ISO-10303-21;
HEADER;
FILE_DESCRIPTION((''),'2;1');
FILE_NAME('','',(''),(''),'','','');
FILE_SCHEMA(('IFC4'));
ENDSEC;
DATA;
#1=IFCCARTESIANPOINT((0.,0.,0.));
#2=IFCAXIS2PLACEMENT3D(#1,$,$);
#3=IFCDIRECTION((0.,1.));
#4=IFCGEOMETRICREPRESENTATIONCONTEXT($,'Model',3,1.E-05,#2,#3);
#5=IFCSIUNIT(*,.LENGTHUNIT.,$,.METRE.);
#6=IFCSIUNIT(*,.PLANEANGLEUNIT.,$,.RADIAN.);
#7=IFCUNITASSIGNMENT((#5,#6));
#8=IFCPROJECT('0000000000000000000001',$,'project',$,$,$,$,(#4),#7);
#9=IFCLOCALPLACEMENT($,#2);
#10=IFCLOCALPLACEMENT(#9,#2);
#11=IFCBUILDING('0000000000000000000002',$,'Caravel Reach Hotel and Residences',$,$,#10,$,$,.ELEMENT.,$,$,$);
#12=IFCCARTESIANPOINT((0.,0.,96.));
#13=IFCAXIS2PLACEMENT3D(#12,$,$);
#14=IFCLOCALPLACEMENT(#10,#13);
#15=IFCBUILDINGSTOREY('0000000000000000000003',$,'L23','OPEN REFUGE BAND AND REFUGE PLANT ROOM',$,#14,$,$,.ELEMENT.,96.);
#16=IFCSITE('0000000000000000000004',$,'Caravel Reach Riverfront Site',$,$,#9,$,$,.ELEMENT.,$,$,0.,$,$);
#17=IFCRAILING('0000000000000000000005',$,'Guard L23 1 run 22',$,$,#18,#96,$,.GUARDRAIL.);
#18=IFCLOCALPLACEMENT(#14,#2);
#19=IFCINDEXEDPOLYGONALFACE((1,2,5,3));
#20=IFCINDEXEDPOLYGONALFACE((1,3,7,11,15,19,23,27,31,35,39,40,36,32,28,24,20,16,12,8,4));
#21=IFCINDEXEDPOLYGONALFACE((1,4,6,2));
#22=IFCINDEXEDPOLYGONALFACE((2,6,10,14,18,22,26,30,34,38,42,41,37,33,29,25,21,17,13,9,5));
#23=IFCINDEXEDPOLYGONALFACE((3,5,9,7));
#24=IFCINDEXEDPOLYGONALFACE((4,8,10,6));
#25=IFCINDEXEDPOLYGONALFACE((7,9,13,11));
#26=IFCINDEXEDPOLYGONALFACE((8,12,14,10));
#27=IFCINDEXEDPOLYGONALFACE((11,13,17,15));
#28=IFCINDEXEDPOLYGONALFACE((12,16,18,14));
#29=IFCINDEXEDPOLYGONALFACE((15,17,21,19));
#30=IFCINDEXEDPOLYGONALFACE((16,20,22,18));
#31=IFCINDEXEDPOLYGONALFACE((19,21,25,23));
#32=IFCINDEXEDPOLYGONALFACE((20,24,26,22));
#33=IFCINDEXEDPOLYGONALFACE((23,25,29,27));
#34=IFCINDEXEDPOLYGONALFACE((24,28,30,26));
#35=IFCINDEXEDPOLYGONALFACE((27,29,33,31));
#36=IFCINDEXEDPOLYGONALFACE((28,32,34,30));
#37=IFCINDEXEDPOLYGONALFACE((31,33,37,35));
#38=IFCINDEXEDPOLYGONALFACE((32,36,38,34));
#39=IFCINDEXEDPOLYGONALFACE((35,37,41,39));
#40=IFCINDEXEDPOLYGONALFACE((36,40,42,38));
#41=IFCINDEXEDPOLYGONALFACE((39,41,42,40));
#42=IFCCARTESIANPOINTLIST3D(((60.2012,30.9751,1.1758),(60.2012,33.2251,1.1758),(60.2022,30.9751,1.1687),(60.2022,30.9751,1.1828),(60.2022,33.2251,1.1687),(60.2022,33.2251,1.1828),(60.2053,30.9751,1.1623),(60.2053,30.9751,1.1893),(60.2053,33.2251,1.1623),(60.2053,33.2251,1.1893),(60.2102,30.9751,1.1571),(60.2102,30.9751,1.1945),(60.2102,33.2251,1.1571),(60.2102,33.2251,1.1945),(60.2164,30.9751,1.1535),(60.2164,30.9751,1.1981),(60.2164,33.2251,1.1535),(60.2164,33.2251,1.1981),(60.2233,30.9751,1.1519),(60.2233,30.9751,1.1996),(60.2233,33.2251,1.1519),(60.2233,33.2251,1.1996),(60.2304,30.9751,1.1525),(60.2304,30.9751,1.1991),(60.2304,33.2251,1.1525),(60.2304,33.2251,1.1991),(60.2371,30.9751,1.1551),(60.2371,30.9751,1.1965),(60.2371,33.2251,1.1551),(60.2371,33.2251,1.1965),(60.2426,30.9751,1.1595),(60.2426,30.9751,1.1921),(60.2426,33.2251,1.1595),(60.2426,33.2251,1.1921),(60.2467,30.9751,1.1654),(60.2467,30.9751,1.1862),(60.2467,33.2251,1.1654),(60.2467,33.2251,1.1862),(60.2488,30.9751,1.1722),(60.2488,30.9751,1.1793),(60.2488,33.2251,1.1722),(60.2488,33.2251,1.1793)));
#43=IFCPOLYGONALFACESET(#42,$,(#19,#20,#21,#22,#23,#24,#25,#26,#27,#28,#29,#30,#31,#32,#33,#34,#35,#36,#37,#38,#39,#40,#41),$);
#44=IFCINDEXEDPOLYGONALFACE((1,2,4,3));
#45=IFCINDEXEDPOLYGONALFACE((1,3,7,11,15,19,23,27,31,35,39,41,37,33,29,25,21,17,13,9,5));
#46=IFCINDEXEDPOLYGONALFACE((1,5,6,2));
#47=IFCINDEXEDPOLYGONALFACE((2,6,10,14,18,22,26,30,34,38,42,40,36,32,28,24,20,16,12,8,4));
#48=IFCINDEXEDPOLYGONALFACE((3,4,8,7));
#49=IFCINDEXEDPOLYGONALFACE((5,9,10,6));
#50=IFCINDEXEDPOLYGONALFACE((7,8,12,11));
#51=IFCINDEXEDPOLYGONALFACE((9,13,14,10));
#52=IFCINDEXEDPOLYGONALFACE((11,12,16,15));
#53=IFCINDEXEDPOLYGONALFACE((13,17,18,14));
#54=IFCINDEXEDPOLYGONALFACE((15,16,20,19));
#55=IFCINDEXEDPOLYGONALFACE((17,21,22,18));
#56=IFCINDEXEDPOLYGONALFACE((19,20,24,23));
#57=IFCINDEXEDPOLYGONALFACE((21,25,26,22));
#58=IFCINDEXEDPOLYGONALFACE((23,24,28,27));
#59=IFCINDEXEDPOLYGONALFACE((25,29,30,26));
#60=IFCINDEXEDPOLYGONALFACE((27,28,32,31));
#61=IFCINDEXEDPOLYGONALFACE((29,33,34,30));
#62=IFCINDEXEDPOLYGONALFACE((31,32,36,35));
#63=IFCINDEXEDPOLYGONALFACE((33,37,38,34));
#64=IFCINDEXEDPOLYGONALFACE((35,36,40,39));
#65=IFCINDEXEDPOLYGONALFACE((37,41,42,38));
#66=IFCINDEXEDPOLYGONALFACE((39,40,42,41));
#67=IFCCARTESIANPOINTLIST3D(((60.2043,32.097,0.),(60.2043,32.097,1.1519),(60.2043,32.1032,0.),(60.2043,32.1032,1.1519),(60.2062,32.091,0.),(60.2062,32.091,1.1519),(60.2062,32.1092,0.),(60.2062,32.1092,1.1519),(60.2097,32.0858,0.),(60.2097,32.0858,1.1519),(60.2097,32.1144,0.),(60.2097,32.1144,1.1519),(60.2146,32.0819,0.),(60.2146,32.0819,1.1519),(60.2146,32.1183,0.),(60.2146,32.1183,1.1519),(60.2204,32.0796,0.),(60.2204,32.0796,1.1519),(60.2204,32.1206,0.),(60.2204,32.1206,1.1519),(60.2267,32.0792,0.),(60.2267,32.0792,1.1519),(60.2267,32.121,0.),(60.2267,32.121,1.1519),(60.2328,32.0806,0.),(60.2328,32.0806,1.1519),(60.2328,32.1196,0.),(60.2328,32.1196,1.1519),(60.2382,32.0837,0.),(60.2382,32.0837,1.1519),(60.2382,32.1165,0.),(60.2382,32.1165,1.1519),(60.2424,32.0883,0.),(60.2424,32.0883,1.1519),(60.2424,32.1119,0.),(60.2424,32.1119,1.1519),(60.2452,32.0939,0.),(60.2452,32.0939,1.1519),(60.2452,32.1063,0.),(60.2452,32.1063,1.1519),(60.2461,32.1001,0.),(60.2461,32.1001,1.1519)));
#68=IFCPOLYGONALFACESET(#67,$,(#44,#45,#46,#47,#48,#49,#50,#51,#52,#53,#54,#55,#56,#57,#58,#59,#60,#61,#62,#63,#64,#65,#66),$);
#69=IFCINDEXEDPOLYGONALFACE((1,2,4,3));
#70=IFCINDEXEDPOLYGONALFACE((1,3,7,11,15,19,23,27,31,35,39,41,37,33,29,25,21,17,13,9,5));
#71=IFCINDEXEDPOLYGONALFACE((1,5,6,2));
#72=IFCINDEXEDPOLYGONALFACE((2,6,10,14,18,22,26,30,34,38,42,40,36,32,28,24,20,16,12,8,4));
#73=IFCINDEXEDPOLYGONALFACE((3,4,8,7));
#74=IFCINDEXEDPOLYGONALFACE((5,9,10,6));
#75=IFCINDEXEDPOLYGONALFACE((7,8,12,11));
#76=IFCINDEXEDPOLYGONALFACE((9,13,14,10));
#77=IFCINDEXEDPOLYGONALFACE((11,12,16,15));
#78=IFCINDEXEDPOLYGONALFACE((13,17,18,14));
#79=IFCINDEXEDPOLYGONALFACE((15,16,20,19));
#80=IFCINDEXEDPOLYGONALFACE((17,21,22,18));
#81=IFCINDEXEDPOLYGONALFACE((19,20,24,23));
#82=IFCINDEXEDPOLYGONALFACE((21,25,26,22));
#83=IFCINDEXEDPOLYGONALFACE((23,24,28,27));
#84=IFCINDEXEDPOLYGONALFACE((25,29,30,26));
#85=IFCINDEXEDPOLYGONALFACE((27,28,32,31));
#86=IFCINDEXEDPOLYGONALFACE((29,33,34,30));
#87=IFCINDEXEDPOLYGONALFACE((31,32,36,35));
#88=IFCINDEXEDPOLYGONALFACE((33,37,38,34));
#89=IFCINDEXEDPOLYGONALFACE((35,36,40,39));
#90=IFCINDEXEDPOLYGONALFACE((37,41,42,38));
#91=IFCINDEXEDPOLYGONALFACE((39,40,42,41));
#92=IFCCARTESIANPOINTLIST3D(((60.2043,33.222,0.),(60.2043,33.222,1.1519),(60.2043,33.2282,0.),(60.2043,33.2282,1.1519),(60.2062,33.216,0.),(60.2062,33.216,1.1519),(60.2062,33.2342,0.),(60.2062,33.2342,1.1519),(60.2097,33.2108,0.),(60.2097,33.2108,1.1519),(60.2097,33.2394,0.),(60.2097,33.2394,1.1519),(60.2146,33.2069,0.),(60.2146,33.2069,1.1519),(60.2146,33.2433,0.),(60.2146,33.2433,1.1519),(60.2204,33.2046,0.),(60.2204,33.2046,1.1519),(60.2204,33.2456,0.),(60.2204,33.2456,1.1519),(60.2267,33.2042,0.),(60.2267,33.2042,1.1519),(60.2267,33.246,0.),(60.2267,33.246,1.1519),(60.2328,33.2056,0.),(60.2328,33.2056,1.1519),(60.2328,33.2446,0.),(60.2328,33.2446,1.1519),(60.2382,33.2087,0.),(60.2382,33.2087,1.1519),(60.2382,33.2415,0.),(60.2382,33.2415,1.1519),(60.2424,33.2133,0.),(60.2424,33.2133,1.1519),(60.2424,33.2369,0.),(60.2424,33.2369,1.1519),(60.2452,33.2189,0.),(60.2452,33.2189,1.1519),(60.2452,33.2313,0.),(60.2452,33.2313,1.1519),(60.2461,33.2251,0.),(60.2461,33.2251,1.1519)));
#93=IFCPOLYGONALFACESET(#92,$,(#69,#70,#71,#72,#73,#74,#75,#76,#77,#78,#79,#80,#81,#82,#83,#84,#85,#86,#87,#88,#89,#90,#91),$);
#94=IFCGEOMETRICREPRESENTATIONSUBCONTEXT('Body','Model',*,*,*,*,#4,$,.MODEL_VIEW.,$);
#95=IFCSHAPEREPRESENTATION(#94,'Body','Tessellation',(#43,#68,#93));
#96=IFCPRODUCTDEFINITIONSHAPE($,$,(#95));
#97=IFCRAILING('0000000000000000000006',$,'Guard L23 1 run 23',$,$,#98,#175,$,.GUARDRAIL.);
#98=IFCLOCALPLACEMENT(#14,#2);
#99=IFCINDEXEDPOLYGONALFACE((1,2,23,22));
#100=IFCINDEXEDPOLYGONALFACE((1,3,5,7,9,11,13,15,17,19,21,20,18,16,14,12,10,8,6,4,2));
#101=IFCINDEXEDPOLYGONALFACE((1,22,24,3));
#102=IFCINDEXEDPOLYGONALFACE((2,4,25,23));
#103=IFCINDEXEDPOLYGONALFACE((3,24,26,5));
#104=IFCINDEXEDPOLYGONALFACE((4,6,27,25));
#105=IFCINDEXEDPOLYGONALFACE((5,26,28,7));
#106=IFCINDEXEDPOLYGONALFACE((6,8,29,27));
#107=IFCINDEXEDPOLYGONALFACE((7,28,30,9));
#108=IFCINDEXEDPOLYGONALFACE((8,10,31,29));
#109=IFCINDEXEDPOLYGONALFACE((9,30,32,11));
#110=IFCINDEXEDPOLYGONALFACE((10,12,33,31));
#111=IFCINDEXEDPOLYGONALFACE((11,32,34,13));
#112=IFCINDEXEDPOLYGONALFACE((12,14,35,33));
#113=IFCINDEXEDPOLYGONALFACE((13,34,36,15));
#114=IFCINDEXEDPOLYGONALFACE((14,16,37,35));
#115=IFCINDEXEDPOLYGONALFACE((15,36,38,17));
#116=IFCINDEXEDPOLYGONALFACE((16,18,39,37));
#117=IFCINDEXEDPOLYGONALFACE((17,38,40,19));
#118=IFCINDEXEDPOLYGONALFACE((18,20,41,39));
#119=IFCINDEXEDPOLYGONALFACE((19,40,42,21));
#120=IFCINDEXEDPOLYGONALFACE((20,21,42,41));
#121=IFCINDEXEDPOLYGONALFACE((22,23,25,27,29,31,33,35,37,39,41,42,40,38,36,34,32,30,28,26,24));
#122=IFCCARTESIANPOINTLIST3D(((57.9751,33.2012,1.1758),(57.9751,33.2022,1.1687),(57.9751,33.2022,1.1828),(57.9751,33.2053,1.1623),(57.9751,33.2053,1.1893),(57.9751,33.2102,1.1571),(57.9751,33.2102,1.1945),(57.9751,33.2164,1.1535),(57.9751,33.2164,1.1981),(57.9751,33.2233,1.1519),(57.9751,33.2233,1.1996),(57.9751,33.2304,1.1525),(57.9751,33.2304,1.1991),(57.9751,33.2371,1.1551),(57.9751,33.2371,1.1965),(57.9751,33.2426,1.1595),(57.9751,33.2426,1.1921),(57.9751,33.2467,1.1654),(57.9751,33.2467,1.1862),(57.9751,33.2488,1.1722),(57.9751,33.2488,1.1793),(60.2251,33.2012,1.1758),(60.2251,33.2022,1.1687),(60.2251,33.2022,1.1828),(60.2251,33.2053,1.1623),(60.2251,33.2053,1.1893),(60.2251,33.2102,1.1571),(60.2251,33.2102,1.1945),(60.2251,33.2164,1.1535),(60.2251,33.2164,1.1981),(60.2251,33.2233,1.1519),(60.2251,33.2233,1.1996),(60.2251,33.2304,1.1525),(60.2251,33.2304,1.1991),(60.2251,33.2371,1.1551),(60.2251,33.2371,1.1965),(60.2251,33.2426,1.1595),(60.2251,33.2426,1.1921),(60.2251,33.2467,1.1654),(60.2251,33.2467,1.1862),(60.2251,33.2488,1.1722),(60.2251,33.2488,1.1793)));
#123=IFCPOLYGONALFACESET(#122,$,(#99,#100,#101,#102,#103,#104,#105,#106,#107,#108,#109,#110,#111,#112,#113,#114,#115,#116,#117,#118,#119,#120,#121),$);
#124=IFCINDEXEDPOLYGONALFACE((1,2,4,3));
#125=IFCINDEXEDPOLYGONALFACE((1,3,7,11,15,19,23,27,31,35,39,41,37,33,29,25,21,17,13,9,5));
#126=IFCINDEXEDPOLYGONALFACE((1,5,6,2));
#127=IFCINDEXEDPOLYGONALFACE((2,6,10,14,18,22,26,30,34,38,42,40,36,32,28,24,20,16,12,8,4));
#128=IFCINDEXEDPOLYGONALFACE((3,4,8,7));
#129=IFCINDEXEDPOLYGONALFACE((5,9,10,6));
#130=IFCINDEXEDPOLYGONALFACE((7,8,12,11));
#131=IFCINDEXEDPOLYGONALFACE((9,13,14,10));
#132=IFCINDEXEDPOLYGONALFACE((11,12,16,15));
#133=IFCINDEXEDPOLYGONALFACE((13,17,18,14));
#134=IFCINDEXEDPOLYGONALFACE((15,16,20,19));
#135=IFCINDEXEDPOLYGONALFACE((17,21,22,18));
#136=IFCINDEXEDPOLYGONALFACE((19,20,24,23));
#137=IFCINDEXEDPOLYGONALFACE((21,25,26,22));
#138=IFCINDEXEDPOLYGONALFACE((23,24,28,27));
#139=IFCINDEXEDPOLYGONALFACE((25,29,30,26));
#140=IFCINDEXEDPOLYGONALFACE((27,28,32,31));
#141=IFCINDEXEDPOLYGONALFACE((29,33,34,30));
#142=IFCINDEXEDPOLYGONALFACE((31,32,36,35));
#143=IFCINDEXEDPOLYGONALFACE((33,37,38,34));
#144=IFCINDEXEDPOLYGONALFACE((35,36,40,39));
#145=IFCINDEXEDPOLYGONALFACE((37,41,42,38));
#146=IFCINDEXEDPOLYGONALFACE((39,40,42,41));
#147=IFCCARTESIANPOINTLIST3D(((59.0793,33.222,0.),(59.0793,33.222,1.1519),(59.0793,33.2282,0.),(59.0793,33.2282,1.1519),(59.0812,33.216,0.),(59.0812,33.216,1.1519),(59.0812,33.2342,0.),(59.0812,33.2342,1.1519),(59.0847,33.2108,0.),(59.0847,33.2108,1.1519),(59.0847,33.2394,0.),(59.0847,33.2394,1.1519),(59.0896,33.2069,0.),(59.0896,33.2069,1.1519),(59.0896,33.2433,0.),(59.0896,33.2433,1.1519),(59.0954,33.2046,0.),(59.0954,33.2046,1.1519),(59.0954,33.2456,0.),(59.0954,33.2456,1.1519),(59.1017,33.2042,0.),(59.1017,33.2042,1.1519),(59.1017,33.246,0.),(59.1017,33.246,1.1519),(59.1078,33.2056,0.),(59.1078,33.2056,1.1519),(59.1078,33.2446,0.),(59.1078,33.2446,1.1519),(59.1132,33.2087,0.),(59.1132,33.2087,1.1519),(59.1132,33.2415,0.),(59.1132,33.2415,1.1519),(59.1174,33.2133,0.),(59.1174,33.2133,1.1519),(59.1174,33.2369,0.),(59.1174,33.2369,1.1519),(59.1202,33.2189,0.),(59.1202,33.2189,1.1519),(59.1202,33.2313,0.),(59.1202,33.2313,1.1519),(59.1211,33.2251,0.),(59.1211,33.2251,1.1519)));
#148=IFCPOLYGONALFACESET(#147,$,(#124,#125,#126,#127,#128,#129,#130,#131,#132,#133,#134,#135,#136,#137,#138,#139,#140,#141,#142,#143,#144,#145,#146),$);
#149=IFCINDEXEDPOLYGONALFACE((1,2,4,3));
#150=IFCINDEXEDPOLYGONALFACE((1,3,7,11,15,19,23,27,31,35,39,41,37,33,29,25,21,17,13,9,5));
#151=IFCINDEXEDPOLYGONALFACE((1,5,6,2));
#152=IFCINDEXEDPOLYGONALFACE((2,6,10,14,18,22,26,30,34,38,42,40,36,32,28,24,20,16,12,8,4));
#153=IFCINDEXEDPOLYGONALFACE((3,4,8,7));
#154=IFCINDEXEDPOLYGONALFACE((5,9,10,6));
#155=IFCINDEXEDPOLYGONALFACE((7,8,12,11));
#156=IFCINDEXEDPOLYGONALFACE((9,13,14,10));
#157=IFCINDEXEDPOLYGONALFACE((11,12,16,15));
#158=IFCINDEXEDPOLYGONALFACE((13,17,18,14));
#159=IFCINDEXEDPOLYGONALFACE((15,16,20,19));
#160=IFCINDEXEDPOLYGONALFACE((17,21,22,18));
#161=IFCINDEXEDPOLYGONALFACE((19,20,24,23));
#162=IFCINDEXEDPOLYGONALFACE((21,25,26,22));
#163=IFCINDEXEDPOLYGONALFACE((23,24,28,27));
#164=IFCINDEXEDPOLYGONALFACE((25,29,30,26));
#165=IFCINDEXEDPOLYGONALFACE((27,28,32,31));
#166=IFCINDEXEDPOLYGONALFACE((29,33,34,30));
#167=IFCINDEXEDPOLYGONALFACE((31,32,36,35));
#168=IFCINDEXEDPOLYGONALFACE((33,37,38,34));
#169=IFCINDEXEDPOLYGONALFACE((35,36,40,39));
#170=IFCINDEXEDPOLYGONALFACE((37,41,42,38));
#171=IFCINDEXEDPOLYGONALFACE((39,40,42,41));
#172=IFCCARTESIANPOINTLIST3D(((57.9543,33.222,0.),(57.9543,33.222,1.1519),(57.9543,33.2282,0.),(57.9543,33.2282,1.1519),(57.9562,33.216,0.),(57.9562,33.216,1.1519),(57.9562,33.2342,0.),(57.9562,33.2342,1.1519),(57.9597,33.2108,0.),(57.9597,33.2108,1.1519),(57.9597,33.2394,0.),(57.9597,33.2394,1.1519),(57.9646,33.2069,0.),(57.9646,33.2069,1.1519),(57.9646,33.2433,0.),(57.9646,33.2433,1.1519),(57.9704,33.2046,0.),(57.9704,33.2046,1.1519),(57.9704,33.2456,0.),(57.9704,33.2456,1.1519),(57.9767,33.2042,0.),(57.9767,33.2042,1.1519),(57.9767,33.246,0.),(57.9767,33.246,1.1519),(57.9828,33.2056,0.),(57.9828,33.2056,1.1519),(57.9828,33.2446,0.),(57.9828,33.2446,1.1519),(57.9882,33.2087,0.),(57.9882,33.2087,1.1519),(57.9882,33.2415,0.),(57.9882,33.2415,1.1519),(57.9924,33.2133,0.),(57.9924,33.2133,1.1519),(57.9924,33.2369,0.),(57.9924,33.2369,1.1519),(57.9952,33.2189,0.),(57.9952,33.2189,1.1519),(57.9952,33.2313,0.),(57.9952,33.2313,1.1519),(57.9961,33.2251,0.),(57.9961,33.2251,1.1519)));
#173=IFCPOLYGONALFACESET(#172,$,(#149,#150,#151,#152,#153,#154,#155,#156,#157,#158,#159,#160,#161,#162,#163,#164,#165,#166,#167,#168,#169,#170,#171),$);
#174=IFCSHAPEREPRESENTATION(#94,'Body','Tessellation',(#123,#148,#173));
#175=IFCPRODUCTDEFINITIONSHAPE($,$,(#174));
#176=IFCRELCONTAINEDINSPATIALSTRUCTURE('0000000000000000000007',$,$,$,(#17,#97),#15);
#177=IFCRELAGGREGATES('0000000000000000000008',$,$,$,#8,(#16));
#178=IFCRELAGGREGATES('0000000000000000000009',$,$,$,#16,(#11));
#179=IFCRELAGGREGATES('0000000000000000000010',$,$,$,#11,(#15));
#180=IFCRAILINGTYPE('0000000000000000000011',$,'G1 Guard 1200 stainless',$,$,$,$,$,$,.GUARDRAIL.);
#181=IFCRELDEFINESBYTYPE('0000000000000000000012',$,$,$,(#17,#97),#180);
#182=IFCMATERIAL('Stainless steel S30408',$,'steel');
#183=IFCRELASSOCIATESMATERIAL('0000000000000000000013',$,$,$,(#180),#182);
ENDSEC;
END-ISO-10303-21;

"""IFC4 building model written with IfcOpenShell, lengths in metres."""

from ifc_helpers import new_model, si_unit, direction, frame, origin, origin_2d, place, context, subcontext, project, spatial, circle, extrude, material, type_object, element, save


model = new_model("IFC4")

# Units and contexts
model_context = context("Model", 3, precision=1e-05, world=origin(), true_north=direction((0.0, 1.0)))
body_context = subcontext(model_context, "Body", "Model", "MODEL_VIEW")
ifc_project = project(units=[si_unit("LENGTHUNIT", "METRE"), si_unit("PLANEANGLEUNIT", "RADIAN")], contexts=[model_context])

# Site, building, storey
site_placement = place(None, origin())
site = spatial("IfcSite", under=ifc_project, at=site_placement, Name="Caravel Reach Riverfront Site", CompositionType="ELEMENT", RefElevation=0.0)
building_placement = place(site_placement, origin())
building = spatial("IfcBuilding", under=site, at=building_placement, Name="Caravel Reach Hotel and Residences", CompositionType="ELEMENT")
storey_placement = place(building_placement, frame((0.0, 0.0, 96.0)))
storey = spatial("IfcBuildingStorey", under=building, at=storey_placement, Name="L23", Description="OPEN REFUGE BAND AND REFUGE PLANT ROOM", CompositionType="ELEMENT", Elevation=96.0)

# Railings
ifc_material_1 = material(Name="Stainless steel S30408", Category="steel")
railing_type = type_object("IfcRailingType", Name="G1 Guard 1200 stainless", PredefinedType="GUARDRAIL", material=ifc_material_1)
railing_1_placement = place(storey_placement, frame((60.2251, 30.9751, 0.0)))
element("IfcRailing", 1, at=railing_1_placement, inside=storey, type_object=railing_type, Name="Guard L23 1 run 22", PredefinedType="GUARDRAIL", context=body_context, shape_type="SweptSolid", body=[
    extrude(circle(Radius=0.0239, at=origin_2d()), frame((0.0, 0.0, 1.1758), z_axis=(0.0, 1.0, 0.0), x_axis=(-1.0, 0.0, 0.0)), (0.0, 0.0, 1.0), 2.25),
    extrude(circle(Radius=0.021, at=origin_2d()), frame((0.0, 1.125, 0.0)), (0.0, 0.0, 1.0), 1.1519),
    extrude(circle(Radius=0.021, at=origin_2d()), frame((0.0, 2.25, 0.0)), (0.0, 0.0, 1.0), 1.1519),
])
railing_2_placement = place(storey_placement, frame((60.2251, 33.2251, 0.0)))
element("IfcRailing", 2, at=railing_2_placement, inside=storey, type_object=railing_type, Name="Guard L23 1 run 23", PredefinedType="GUARDRAIL", context=body_context, shape_type="SweptSolid", body=[
    extrude(circle(Radius=0.0239, at=origin_2d()), frame((0.0, 0.0, 1.1758), z_axis=(-1.0, 0.0, 0.0), x_axis=(0.0, -1.0, 0.0)), (0.0, 0.0, 1.0), 2.25),
    extrude(circle(Radius=0.021, at=origin_2d()), frame((-1.125, 0.0, 0.0)), (0.0, 0.0, 1.0), 1.1519),
    extrude(circle(Radius=0.021, at=origin_2d()), frame((-2.25, 0.0, 0.0)), (0.0, 0.0, 1.0), 1.1519),
])

save(model, "model.ifc")
